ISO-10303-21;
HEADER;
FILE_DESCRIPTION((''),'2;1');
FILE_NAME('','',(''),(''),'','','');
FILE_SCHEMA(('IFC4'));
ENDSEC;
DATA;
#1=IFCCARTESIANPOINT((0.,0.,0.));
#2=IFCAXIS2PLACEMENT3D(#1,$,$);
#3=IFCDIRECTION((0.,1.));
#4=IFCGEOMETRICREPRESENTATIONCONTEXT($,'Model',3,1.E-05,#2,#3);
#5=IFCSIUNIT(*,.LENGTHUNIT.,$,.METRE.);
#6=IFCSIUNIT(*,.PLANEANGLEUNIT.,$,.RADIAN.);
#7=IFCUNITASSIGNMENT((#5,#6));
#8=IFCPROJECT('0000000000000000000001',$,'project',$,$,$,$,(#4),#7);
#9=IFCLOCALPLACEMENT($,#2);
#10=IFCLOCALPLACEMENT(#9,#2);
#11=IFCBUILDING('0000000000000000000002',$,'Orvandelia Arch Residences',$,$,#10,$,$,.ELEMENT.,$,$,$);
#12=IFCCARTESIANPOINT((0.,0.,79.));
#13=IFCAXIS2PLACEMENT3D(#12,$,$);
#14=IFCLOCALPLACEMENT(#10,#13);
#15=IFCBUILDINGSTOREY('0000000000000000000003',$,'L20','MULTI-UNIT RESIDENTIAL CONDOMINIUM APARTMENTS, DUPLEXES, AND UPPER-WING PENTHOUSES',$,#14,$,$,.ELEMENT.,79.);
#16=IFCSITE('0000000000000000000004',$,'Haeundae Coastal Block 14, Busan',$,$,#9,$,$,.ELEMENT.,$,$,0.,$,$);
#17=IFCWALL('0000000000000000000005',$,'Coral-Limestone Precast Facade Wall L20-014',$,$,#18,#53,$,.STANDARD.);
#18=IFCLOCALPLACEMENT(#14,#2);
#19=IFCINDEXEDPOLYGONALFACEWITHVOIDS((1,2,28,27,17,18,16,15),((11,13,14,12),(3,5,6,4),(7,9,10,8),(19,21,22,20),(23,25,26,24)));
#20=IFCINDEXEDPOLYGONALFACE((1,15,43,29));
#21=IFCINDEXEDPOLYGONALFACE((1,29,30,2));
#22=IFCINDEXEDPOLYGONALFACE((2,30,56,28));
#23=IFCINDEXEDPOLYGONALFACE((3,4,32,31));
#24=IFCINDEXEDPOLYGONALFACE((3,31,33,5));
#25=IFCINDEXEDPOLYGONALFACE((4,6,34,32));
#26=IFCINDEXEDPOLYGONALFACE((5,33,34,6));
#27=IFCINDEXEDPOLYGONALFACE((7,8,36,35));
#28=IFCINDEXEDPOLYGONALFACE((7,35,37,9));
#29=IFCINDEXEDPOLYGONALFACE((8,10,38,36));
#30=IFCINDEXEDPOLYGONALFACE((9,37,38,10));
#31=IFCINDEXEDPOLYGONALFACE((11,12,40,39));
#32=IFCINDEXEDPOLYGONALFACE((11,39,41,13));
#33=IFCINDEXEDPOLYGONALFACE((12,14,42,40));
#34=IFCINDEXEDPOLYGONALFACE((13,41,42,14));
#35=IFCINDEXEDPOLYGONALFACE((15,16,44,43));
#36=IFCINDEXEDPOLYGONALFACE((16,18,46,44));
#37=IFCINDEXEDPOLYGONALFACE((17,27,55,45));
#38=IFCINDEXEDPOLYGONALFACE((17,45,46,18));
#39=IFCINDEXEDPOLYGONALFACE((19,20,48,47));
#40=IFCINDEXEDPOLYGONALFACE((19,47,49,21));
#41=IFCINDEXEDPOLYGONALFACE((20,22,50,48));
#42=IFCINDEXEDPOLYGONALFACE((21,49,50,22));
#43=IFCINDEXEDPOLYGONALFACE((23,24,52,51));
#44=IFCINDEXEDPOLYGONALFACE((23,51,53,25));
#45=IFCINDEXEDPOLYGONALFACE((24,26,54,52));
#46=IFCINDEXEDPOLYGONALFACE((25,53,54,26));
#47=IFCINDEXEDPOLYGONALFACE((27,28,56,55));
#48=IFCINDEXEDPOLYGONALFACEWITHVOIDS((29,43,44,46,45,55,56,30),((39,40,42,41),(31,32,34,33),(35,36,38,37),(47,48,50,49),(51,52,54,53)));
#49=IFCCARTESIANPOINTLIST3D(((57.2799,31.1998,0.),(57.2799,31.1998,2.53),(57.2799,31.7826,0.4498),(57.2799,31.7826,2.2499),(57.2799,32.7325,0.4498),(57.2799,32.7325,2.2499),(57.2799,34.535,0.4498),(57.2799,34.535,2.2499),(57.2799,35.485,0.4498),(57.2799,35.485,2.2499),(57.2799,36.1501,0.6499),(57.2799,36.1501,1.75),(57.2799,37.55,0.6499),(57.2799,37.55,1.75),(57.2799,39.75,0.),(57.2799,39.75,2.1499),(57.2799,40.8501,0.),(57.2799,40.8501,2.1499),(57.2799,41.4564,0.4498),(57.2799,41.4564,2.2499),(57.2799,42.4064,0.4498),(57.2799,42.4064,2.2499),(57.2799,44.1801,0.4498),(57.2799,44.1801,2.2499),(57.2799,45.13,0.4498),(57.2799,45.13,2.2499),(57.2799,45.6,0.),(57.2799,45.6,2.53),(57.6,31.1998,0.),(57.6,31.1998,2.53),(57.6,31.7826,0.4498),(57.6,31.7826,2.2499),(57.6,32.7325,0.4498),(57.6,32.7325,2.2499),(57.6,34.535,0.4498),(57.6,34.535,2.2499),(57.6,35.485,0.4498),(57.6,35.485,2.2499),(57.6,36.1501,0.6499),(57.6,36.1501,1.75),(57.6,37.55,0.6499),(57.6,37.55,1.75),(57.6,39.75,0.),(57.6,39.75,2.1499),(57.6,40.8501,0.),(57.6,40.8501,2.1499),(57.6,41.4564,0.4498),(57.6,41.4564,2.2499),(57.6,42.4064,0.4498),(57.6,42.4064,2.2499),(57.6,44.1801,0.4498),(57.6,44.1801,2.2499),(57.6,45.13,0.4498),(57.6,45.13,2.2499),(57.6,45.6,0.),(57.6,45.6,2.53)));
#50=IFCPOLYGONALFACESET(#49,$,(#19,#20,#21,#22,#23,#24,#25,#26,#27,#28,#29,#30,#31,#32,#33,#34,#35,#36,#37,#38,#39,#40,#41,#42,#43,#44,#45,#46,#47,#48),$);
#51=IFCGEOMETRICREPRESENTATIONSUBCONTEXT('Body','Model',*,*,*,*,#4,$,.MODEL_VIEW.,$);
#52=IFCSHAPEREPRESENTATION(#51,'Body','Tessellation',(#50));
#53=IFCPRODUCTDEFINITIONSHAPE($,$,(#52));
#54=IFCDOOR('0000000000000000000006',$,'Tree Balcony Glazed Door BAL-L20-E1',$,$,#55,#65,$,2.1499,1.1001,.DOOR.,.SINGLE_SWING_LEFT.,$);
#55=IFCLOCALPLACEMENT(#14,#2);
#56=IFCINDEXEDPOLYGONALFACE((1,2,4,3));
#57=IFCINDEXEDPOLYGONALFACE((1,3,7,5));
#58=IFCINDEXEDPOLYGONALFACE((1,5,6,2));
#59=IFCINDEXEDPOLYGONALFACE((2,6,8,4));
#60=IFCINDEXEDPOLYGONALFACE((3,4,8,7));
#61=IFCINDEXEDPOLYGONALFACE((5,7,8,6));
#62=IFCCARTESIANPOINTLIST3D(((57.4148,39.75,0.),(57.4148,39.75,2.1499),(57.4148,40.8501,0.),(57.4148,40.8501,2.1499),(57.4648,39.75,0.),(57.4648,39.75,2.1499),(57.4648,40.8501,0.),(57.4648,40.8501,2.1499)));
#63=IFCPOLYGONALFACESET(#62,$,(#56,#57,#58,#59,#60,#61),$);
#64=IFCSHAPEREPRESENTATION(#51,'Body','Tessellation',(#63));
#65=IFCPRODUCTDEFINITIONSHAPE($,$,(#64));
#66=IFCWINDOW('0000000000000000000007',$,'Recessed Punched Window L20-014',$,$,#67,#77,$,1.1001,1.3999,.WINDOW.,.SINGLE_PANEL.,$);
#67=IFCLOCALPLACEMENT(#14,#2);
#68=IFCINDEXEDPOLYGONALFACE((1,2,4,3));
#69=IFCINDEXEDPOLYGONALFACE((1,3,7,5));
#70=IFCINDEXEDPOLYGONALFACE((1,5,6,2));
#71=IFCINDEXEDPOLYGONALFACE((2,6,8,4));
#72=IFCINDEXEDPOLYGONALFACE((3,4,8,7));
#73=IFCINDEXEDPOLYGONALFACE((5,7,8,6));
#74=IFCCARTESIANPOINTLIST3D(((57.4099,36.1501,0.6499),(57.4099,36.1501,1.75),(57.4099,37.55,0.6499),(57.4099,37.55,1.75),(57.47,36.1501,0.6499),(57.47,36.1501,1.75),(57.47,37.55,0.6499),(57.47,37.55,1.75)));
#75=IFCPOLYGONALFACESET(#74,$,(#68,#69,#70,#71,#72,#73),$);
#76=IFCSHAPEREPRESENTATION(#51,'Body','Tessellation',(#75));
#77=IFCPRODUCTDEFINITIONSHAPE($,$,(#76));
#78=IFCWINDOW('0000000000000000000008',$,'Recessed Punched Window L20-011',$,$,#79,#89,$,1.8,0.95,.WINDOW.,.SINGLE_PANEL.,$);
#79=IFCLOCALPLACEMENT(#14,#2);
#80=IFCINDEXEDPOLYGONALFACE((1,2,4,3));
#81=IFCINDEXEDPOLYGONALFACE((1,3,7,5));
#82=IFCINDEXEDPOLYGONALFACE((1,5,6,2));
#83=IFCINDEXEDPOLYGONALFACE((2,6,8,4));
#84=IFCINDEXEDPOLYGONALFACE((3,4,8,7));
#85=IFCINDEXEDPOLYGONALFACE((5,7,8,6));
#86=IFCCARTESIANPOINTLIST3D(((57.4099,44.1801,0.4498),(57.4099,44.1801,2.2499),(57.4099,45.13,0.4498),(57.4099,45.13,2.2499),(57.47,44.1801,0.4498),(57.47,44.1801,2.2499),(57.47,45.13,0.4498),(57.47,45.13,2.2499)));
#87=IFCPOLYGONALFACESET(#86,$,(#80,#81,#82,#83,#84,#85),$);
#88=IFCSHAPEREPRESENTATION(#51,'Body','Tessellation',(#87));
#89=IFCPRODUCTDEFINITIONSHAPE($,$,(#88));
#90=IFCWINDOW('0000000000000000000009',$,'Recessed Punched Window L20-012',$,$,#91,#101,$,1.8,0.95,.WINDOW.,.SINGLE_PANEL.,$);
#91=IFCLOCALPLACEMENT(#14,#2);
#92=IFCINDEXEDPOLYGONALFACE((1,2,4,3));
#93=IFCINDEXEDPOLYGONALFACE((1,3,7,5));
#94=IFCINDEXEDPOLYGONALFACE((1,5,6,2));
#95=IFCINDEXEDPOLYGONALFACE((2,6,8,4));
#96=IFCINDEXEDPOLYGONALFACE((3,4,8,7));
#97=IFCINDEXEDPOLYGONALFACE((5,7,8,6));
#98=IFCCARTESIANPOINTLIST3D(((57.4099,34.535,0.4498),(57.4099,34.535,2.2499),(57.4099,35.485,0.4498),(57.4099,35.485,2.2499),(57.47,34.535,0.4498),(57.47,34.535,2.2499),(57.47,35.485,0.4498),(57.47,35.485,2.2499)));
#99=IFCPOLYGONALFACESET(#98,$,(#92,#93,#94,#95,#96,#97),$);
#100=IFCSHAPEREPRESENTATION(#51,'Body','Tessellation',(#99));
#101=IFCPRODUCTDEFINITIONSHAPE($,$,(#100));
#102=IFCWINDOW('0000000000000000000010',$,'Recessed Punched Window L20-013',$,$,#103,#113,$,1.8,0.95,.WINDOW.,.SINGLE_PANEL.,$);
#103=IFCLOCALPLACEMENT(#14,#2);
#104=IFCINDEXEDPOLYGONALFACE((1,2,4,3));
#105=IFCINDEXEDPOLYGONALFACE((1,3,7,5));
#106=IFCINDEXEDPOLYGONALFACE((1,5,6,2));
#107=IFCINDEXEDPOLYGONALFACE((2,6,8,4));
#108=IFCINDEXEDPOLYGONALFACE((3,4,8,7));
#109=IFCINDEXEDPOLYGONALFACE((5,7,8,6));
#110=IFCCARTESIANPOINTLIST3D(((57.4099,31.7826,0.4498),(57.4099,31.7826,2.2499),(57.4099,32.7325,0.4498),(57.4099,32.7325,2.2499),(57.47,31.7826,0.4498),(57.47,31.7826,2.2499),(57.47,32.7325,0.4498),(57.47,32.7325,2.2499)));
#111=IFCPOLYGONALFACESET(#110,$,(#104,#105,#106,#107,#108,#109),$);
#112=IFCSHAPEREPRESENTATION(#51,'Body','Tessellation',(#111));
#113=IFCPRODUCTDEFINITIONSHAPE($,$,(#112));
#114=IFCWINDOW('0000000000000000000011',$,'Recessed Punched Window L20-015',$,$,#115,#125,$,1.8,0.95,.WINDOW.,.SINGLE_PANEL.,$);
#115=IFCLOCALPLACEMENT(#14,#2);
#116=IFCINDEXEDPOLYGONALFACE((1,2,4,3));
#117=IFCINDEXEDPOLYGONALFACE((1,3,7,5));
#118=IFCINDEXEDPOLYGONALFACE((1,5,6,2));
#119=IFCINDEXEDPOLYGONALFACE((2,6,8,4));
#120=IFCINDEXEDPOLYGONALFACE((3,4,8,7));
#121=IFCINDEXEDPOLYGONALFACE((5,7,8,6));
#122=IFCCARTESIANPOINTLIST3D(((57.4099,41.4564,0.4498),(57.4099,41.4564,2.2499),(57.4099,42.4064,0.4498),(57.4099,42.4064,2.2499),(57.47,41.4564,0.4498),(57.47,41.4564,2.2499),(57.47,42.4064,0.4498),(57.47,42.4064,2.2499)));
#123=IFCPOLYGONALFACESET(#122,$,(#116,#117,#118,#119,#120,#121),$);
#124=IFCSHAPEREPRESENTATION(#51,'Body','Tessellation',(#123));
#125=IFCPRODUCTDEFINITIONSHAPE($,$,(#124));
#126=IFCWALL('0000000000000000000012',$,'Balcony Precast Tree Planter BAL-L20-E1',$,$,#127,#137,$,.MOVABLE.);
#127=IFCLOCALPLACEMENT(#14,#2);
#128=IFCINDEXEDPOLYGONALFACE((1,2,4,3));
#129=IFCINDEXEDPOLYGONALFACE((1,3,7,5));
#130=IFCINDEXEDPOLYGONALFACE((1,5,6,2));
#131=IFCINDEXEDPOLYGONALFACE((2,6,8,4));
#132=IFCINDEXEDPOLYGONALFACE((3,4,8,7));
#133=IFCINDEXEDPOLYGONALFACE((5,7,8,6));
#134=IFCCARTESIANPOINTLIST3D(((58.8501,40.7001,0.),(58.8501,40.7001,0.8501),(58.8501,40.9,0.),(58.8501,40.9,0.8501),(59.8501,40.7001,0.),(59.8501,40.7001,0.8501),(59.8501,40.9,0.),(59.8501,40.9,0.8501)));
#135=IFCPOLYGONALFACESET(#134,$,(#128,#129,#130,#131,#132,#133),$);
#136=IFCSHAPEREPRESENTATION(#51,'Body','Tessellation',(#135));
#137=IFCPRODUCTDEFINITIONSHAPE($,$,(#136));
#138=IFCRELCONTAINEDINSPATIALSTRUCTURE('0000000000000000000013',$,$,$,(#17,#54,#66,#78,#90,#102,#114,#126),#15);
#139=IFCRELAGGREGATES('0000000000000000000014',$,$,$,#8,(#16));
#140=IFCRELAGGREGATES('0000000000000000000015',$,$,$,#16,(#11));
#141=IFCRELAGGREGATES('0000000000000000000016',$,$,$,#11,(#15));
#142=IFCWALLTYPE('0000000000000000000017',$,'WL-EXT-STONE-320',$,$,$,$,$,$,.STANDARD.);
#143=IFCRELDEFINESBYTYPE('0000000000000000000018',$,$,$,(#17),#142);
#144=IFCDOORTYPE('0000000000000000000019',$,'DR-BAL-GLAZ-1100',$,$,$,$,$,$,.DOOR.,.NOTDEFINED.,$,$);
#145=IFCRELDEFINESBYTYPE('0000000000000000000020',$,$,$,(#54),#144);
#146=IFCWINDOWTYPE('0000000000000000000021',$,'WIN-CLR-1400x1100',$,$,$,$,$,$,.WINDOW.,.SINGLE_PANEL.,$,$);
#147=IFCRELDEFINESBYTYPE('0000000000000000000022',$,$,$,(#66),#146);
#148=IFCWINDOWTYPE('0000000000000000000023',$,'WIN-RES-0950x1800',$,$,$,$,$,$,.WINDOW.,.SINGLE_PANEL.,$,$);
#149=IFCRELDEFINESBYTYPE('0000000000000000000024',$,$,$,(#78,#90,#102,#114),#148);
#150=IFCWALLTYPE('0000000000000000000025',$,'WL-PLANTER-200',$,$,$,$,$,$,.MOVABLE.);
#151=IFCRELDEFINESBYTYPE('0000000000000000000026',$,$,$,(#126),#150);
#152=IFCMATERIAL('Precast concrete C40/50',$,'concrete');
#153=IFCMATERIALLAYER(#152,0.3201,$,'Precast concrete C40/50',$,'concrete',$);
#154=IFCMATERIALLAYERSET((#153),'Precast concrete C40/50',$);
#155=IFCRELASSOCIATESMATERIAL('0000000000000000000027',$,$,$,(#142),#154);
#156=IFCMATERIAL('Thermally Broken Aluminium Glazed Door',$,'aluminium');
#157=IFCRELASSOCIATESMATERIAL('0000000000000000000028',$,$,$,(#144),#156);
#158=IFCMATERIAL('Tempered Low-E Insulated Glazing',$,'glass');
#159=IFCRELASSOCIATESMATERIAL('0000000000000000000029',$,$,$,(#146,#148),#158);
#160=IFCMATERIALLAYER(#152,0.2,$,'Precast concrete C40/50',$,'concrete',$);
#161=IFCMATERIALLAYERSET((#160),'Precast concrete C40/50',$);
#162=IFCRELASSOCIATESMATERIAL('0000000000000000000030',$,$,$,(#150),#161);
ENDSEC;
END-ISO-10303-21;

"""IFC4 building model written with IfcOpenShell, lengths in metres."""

from ifc_helpers import new_model, si_unit, direction, frame, frame_2d, origin, place, context, subcontext, project, spatial, rectangle, extrude, material, layer, layer_set, type_object, element, fill, save


model = new_model("IFC4")

# Units and contexts
model_context = context("Model", 3, precision=1e-05, world=origin(), true_north=direction((0.0, 1.0)))
body_context = subcontext(model_context, "Body", "Model", "MODEL_VIEW")
ifc_project = project(units=[si_unit("LENGTHUNIT", "METRE"), si_unit("PLANEANGLEUNIT", "RADIAN")], contexts=[model_context])

# Site, building, storey
site_placement = place(None, origin())
site = spatial("IfcSite", under=ifc_project, at=site_placement, Name="Haeundae Coastal Block 14, Busan", CompositionType="ELEMENT", RefElevation=0.0)
building_placement = place(site_placement, origin())
building = spatial("IfcBuilding", under=site, at=building_placement, Name="Orvandelia Arch Residences", CompositionType="ELEMENT")
storey_placement = place(building_placement, frame((0.0, 0.0, 79.0)))
storey = spatial("IfcBuildingStorey", under=building, at=storey_placement, Name="L20", Description="MULTI-UNIT RESIDENTIAL CONDOMINIUM APARTMENTS, DUPLEXES, AND UPPER-WING PENTHOUSES", CompositionType="ELEMENT", Elevation=79.0)

# Shared definitions
ifc_material_1 = material(Name="Precast concrete C40/50", Category="concrete")
ifc_layer_1 = layer(ifc_material_1, 0.3201, Name="Precast concrete C40/50", Category="concrete")
ifc_layer_set_1 = layer_set([ifc_layer_1], Name="Precast concrete C40/50")
wall_type_1 = type_object("IfcWallType", Name="WL-EXT-STONE-320", PredefinedType="STANDARD", material=ifc_layer_set_1)

# Wall, openings, door, windows
wall_1_placement = place(storey_placement, frame((57.4399, 45.6001, 0.0), z_axis=(0.0, 0.0, 1.0), x_axis=(0.0, -1.0, 0.0)))
wall_1 = element("IfcWall", 1, at=wall_1_placement, inside=storey, type_object=wall_type_1, Name="Coral-Limestone Precast Facade Wall L20-014", PredefinedType="STANDARD", context=body_context, shape_type="SweptSolid", body=[
    extrude(rectangle(XDim=14.4001, YDim=0.3201, at=frame_2d((7.2002, 0.0))), origin(), (0.0, 0.0, 1.0), 2.53),
])
opening_1_placement = place(wall_1_placement, frame((4.75, 0.0, 0.0)))
opening_1 = element("IfcOpeningElement", 2, at=opening_1_placement, cuts=wall_1, PredefinedType="OPENING", context=body_context, shape_type="SweptSolid", body=[
    extrude(rectangle(XDim=1.1001, YDim=2.1499, at=frame_2d((0.55, 1.075))), frame((0.0, 0.1699, 0.0), z_axis=(0.0, -1.0, 0.0), x_axis=(1.0, 0.0, 0.0)), (0.0, 0.0, 1.0), 0.3401),
])
opening_2_placement = place(wall_1_placement, frame((0.47, 0.0, 0.45)))
opening_2 = element("IfcOpeningElement", 3, at=opening_2_placement, cuts=wall_1, PredefinedType="OPENING", context=body_context, shape_type="SweptSolid", body=[
    extrude(rectangle(XDim=0.95, YDim=1.8, at=frame_2d((0.4751, 0.8999))), frame((0.0, 0.1699, 0.0), z_axis=(0.0, -1.0, 0.0), x_axis=(1.0, 0.0, 0.0)), (0.0, 0.0, 1.0), 0.3401),
])
opening_3_placement = place(wall_1_placement, frame((10.115, 0.0, 0.45)))
opening_3 = element("IfcOpeningElement", 4, at=opening_3_placement, cuts=wall_1, PredefinedType="OPENING", context=body_context, shape_type="SweptSolid", body=[
    extrude(rectangle(XDim=0.95, YDim=1.8, at=frame_2d((0.4751, 0.8999))), frame((0.0, 0.1699, 0.0), z_axis=(0.0, -1.0, 0.0), x_axis=(1.0, 0.0, 0.0)), (0.0, 0.0, 1.0), 0.3401),
])
opening_4_placement = place(wall_1_placement, frame((12.8674, 0.0, 0.45)))
opening_4 = element("IfcOpeningElement", 5, at=opening_4_placement, cuts=wall_1, PredefinedType="OPENING", context=body_context, shape_type="SweptSolid", body=[
    extrude(rectangle(XDim=0.95, YDim=1.8, at=frame_2d((0.4751, 0.8999))), frame((0.0, 0.1699, 0.0), z_axis=(0.0, -1.0, 0.0), x_axis=(1.0, 0.0, 0.0)), (0.0, 0.0, 1.0), 0.3401),
])
opening_5_placement = place(wall_1_placement, frame((8.05, 0.0, 0.6499)))
opening_5 = element("IfcOpeningElement", 6, at=opening_5_placement, cuts=wall_1, PredefinedType="OPENING", context=body_context, shape_type="SweptSolid", body=[
    extrude(rectangle(XDim=1.3999, YDim=1.1001, at=frame_2d((0.7, 0.55))), frame((0.0, 0.1699, 0.0), z_axis=(0.0, -1.0, 0.0), x_axis=(1.0, 0.0, 0.0)), (0.0, 0.0, 1.0), 0.3401),
])
opening_6_placement = place(wall_1_placement, frame((3.1936, 0.0, 0.45)))
opening_6 = element("IfcOpeningElement", 7, at=opening_6_placement, cuts=wall_1, PredefinedType="OPENING", context=body_context, shape_type="SweptSolid", body=[
    extrude(rectangle(XDim=0.95, YDim=1.8, at=frame_2d((0.4751, 0.8999))), frame((0.0, 0.1699, 0.0), z_axis=(0.0, -1.0, 0.0), x_axis=(1.0, 0.0, 0.0)), (0.0, 0.0, 1.0), 0.3401),
])
ifc_material_2 = material(Name="Thermally Broken Aluminium Glazed Door", Category="aluminium")
door_type = type_object("IfcDoorType", Name="DR-BAL-GLAZ-1100", OperationType="NOTDEFINED", PredefinedType="DOOR", material=ifc_material_2)
door_placement = place(opening_1_placement, origin())
door = element("IfcDoor", 8, at=door_placement, inside=storey, type_object=door_type, Name="Tree Balcony Glazed Door BAL-L20-E1", OperationType="SINGLE_SWING_LEFT", OverallHeight=2.1499, OverallWidth=1.1001, PredefinedType="DOOR", context=body_context, shape_type="SweptSolid", body=[
    extrude(rectangle(XDim=1.1001, YDim=2.1499, at=frame_2d((0.55, 1.075))), frame((0.0, 0.0249, 0.0), z_axis=(0.0, -1.0, 0.0), x_axis=(1.0, 0.0, 0.0)), (0.0, 0.0, 1.0), 0.05),
])
fill(opening_1, door)
ifc_material_3 = material(Name="Tempered Low-E Insulated Glazing", Category="glass")
window_type_1 = type_object("IfcWindowType", Name="WIN-CLR-1400x1100", PartitioningType="SINGLE_PANEL", PredefinedType="WINDOW", material=ifc_material_3)
window_1_placement = place(opening_5_placement, origin())
window_1 = element("IfcWindow", 9, at=window_1_placement, inside=storey, type_object=window_type_1, Name="Recessed Punched Window L20-014", OverallHeight=1.1001, OverallWidth=1.3999, PartitioningType="SINGLE_PANEL", PredefinedType="WINDOW", context=body_context, shape_type="SweptSolid", body=[
    extrude(rectangle(XDim=1.3999, YDim=1.1001, at=frame_2d((0.7, 0.55))), frame((0.0, 0.03, 0.0), z_axis=(0.0, -1.0, 0.0), x_axis=(1.0, 0.0, 0.0)), (0.0, 0.0, 1.0), 0.0601),
])
fill(opening_5, window_1)
window_type_2 = type_object("IfcWindowType", Name="WIN-RES-0950x1800", PartitioningType="SINGLE_PANEL", PredefinedType="WINDOW", material=ifc_material_3)
window_2_placement = place(opening_2_placement, origin())
window_2 = element("IfcWindow", 10, at=window_2_placement, inside=storey, type_object=window_type_2, Name="Recessed Punched Window L20-011", OverallHeight=1.8, OverallWidth=0.95, PartitioningType="SINGLE_PANEL", PredefinedType="WINDOW", context=body_context, shape_type="SweptSolid", body=[
    extrude(rectangle(XDim=0.95, YDim=1.8, at=frame_2d((0.4751, 0.8999))), frame((0.0, 0.03, 0.0), z_axis=(0.0, -1.0, 0.0), x_axis=(1.0, 0.0, 0.0)), (0.0, 0.0, 1.0), 0.0601),
])
fill(opening_2, window_2)
window_3_placement = place(opening_3_placement, origin())
window_3 = element("IfcWindow", 11, at=window_3_placement, inside=storey, type_object=window_type_2, Name="Recessed Punched Window L20-012", OverallHeight=1.8, OverallWidth=0.95, PartitioningType="SINGLE_PANEL", PredefinedType="WINDOW", context=body_context, shape_type="SweptSolid", body=[
    extrude(rectangle(XDim=0.95, YDim=1.8, at=frame_2d((0.4751, 0.8999))), frame((0.0, 0.03, 0.0), z_axis=(0.0, -1.0, 0.0), x_axis=(1.0, 0.0, 0.0)), (0.0, 0.0, 1.0), 0.0601),
])
fill(opening_3, window_3)
window_4_placement = place(opening_4_placement, origin())
window_4 = element("IfcWindow", 12, at=window_4_placement, inside=storey, type_object=window_type_2, Name="Recessed Punched Window L20-013", OverallHeight=1.8, OverallWidth=0.95, PartitioningType="SINGLE_PANEL", PredefinedType="WINDOW", context=body_context, shape_type="SweptSolid", body=[
    extrude(rectangle(XDim=0.95, YDim=1.8, at=frame_2d((0.4751, 0.8999))), frame((0.0, 0.03, 0.0), z_axis=(0.0, -1.0, 0.0), x_axis=(1.0, 0.0, 0.0)), (0.0, 0.0, 1.0), 0.0601),
])
fill(opening_4, window_4)
window_5_placement = place(opening_6_placement, origin())
window_5 = element("IfcWindow", 13, at=window_5_placement, inside=storey, type_object=window_type_2, Name="Recessed Punched Window L20-015", OverallHeight=1.8, OverallWidth=0.95, PartitioningType="SINGLE_PANEL", PredefinedType="WINDOW", context=body_context, shape_type="SweptSolid", body=[
    extrude(rectangle(XDim=0.95, YDim=1.8, at=frame_2d((0.4751, 0.8999))), frame((0.0, 0.03, 0.0), z_axis=(0.0, -1.0, 0.0), x_axis=(1.0, 0.0, 0.0)), (0.0, 0.0, 1.0), 0.0601),
])
fill(opening_6, window_5)

# Wall
ifc_layer_2 = layer(ifc_material_1, 0.2, Name="Precast concrete C40/50", Category="concrete")
ifc_layer_set_2 = layer_set([ifc_layer_2], Name="Precast concrete C40/50")
wall_type_2 = type_object("IfcWallType", Name="WL-PLANTER-200", PredefinedType="MOVABLE", material=ifc_layer_set_2)
wall_2_placement = place(storey_placement, frame((58.8501, 40.8, 0.0), z_axis=(0.0, 0.0, 1.0), x_axis=(1.0, 0.0, 0.0)))
element("IfcWall", 14, at=wall_2_placement, inside=storey, type_object=wall_type_2, Name="Balcony Precast Tree Planter BAL-L20-E1", PredefinedType="MOVABLE", context=body_context, shape_type="SweptSolid", body=[
    extrude(rectangle(XDim=1.0, YDim=0.2, at=frame_2d((0.5, 0.0))), origin(), (0.0, 0.0, 1.0), 0.8501),
])

save(model, "model.ifc")
